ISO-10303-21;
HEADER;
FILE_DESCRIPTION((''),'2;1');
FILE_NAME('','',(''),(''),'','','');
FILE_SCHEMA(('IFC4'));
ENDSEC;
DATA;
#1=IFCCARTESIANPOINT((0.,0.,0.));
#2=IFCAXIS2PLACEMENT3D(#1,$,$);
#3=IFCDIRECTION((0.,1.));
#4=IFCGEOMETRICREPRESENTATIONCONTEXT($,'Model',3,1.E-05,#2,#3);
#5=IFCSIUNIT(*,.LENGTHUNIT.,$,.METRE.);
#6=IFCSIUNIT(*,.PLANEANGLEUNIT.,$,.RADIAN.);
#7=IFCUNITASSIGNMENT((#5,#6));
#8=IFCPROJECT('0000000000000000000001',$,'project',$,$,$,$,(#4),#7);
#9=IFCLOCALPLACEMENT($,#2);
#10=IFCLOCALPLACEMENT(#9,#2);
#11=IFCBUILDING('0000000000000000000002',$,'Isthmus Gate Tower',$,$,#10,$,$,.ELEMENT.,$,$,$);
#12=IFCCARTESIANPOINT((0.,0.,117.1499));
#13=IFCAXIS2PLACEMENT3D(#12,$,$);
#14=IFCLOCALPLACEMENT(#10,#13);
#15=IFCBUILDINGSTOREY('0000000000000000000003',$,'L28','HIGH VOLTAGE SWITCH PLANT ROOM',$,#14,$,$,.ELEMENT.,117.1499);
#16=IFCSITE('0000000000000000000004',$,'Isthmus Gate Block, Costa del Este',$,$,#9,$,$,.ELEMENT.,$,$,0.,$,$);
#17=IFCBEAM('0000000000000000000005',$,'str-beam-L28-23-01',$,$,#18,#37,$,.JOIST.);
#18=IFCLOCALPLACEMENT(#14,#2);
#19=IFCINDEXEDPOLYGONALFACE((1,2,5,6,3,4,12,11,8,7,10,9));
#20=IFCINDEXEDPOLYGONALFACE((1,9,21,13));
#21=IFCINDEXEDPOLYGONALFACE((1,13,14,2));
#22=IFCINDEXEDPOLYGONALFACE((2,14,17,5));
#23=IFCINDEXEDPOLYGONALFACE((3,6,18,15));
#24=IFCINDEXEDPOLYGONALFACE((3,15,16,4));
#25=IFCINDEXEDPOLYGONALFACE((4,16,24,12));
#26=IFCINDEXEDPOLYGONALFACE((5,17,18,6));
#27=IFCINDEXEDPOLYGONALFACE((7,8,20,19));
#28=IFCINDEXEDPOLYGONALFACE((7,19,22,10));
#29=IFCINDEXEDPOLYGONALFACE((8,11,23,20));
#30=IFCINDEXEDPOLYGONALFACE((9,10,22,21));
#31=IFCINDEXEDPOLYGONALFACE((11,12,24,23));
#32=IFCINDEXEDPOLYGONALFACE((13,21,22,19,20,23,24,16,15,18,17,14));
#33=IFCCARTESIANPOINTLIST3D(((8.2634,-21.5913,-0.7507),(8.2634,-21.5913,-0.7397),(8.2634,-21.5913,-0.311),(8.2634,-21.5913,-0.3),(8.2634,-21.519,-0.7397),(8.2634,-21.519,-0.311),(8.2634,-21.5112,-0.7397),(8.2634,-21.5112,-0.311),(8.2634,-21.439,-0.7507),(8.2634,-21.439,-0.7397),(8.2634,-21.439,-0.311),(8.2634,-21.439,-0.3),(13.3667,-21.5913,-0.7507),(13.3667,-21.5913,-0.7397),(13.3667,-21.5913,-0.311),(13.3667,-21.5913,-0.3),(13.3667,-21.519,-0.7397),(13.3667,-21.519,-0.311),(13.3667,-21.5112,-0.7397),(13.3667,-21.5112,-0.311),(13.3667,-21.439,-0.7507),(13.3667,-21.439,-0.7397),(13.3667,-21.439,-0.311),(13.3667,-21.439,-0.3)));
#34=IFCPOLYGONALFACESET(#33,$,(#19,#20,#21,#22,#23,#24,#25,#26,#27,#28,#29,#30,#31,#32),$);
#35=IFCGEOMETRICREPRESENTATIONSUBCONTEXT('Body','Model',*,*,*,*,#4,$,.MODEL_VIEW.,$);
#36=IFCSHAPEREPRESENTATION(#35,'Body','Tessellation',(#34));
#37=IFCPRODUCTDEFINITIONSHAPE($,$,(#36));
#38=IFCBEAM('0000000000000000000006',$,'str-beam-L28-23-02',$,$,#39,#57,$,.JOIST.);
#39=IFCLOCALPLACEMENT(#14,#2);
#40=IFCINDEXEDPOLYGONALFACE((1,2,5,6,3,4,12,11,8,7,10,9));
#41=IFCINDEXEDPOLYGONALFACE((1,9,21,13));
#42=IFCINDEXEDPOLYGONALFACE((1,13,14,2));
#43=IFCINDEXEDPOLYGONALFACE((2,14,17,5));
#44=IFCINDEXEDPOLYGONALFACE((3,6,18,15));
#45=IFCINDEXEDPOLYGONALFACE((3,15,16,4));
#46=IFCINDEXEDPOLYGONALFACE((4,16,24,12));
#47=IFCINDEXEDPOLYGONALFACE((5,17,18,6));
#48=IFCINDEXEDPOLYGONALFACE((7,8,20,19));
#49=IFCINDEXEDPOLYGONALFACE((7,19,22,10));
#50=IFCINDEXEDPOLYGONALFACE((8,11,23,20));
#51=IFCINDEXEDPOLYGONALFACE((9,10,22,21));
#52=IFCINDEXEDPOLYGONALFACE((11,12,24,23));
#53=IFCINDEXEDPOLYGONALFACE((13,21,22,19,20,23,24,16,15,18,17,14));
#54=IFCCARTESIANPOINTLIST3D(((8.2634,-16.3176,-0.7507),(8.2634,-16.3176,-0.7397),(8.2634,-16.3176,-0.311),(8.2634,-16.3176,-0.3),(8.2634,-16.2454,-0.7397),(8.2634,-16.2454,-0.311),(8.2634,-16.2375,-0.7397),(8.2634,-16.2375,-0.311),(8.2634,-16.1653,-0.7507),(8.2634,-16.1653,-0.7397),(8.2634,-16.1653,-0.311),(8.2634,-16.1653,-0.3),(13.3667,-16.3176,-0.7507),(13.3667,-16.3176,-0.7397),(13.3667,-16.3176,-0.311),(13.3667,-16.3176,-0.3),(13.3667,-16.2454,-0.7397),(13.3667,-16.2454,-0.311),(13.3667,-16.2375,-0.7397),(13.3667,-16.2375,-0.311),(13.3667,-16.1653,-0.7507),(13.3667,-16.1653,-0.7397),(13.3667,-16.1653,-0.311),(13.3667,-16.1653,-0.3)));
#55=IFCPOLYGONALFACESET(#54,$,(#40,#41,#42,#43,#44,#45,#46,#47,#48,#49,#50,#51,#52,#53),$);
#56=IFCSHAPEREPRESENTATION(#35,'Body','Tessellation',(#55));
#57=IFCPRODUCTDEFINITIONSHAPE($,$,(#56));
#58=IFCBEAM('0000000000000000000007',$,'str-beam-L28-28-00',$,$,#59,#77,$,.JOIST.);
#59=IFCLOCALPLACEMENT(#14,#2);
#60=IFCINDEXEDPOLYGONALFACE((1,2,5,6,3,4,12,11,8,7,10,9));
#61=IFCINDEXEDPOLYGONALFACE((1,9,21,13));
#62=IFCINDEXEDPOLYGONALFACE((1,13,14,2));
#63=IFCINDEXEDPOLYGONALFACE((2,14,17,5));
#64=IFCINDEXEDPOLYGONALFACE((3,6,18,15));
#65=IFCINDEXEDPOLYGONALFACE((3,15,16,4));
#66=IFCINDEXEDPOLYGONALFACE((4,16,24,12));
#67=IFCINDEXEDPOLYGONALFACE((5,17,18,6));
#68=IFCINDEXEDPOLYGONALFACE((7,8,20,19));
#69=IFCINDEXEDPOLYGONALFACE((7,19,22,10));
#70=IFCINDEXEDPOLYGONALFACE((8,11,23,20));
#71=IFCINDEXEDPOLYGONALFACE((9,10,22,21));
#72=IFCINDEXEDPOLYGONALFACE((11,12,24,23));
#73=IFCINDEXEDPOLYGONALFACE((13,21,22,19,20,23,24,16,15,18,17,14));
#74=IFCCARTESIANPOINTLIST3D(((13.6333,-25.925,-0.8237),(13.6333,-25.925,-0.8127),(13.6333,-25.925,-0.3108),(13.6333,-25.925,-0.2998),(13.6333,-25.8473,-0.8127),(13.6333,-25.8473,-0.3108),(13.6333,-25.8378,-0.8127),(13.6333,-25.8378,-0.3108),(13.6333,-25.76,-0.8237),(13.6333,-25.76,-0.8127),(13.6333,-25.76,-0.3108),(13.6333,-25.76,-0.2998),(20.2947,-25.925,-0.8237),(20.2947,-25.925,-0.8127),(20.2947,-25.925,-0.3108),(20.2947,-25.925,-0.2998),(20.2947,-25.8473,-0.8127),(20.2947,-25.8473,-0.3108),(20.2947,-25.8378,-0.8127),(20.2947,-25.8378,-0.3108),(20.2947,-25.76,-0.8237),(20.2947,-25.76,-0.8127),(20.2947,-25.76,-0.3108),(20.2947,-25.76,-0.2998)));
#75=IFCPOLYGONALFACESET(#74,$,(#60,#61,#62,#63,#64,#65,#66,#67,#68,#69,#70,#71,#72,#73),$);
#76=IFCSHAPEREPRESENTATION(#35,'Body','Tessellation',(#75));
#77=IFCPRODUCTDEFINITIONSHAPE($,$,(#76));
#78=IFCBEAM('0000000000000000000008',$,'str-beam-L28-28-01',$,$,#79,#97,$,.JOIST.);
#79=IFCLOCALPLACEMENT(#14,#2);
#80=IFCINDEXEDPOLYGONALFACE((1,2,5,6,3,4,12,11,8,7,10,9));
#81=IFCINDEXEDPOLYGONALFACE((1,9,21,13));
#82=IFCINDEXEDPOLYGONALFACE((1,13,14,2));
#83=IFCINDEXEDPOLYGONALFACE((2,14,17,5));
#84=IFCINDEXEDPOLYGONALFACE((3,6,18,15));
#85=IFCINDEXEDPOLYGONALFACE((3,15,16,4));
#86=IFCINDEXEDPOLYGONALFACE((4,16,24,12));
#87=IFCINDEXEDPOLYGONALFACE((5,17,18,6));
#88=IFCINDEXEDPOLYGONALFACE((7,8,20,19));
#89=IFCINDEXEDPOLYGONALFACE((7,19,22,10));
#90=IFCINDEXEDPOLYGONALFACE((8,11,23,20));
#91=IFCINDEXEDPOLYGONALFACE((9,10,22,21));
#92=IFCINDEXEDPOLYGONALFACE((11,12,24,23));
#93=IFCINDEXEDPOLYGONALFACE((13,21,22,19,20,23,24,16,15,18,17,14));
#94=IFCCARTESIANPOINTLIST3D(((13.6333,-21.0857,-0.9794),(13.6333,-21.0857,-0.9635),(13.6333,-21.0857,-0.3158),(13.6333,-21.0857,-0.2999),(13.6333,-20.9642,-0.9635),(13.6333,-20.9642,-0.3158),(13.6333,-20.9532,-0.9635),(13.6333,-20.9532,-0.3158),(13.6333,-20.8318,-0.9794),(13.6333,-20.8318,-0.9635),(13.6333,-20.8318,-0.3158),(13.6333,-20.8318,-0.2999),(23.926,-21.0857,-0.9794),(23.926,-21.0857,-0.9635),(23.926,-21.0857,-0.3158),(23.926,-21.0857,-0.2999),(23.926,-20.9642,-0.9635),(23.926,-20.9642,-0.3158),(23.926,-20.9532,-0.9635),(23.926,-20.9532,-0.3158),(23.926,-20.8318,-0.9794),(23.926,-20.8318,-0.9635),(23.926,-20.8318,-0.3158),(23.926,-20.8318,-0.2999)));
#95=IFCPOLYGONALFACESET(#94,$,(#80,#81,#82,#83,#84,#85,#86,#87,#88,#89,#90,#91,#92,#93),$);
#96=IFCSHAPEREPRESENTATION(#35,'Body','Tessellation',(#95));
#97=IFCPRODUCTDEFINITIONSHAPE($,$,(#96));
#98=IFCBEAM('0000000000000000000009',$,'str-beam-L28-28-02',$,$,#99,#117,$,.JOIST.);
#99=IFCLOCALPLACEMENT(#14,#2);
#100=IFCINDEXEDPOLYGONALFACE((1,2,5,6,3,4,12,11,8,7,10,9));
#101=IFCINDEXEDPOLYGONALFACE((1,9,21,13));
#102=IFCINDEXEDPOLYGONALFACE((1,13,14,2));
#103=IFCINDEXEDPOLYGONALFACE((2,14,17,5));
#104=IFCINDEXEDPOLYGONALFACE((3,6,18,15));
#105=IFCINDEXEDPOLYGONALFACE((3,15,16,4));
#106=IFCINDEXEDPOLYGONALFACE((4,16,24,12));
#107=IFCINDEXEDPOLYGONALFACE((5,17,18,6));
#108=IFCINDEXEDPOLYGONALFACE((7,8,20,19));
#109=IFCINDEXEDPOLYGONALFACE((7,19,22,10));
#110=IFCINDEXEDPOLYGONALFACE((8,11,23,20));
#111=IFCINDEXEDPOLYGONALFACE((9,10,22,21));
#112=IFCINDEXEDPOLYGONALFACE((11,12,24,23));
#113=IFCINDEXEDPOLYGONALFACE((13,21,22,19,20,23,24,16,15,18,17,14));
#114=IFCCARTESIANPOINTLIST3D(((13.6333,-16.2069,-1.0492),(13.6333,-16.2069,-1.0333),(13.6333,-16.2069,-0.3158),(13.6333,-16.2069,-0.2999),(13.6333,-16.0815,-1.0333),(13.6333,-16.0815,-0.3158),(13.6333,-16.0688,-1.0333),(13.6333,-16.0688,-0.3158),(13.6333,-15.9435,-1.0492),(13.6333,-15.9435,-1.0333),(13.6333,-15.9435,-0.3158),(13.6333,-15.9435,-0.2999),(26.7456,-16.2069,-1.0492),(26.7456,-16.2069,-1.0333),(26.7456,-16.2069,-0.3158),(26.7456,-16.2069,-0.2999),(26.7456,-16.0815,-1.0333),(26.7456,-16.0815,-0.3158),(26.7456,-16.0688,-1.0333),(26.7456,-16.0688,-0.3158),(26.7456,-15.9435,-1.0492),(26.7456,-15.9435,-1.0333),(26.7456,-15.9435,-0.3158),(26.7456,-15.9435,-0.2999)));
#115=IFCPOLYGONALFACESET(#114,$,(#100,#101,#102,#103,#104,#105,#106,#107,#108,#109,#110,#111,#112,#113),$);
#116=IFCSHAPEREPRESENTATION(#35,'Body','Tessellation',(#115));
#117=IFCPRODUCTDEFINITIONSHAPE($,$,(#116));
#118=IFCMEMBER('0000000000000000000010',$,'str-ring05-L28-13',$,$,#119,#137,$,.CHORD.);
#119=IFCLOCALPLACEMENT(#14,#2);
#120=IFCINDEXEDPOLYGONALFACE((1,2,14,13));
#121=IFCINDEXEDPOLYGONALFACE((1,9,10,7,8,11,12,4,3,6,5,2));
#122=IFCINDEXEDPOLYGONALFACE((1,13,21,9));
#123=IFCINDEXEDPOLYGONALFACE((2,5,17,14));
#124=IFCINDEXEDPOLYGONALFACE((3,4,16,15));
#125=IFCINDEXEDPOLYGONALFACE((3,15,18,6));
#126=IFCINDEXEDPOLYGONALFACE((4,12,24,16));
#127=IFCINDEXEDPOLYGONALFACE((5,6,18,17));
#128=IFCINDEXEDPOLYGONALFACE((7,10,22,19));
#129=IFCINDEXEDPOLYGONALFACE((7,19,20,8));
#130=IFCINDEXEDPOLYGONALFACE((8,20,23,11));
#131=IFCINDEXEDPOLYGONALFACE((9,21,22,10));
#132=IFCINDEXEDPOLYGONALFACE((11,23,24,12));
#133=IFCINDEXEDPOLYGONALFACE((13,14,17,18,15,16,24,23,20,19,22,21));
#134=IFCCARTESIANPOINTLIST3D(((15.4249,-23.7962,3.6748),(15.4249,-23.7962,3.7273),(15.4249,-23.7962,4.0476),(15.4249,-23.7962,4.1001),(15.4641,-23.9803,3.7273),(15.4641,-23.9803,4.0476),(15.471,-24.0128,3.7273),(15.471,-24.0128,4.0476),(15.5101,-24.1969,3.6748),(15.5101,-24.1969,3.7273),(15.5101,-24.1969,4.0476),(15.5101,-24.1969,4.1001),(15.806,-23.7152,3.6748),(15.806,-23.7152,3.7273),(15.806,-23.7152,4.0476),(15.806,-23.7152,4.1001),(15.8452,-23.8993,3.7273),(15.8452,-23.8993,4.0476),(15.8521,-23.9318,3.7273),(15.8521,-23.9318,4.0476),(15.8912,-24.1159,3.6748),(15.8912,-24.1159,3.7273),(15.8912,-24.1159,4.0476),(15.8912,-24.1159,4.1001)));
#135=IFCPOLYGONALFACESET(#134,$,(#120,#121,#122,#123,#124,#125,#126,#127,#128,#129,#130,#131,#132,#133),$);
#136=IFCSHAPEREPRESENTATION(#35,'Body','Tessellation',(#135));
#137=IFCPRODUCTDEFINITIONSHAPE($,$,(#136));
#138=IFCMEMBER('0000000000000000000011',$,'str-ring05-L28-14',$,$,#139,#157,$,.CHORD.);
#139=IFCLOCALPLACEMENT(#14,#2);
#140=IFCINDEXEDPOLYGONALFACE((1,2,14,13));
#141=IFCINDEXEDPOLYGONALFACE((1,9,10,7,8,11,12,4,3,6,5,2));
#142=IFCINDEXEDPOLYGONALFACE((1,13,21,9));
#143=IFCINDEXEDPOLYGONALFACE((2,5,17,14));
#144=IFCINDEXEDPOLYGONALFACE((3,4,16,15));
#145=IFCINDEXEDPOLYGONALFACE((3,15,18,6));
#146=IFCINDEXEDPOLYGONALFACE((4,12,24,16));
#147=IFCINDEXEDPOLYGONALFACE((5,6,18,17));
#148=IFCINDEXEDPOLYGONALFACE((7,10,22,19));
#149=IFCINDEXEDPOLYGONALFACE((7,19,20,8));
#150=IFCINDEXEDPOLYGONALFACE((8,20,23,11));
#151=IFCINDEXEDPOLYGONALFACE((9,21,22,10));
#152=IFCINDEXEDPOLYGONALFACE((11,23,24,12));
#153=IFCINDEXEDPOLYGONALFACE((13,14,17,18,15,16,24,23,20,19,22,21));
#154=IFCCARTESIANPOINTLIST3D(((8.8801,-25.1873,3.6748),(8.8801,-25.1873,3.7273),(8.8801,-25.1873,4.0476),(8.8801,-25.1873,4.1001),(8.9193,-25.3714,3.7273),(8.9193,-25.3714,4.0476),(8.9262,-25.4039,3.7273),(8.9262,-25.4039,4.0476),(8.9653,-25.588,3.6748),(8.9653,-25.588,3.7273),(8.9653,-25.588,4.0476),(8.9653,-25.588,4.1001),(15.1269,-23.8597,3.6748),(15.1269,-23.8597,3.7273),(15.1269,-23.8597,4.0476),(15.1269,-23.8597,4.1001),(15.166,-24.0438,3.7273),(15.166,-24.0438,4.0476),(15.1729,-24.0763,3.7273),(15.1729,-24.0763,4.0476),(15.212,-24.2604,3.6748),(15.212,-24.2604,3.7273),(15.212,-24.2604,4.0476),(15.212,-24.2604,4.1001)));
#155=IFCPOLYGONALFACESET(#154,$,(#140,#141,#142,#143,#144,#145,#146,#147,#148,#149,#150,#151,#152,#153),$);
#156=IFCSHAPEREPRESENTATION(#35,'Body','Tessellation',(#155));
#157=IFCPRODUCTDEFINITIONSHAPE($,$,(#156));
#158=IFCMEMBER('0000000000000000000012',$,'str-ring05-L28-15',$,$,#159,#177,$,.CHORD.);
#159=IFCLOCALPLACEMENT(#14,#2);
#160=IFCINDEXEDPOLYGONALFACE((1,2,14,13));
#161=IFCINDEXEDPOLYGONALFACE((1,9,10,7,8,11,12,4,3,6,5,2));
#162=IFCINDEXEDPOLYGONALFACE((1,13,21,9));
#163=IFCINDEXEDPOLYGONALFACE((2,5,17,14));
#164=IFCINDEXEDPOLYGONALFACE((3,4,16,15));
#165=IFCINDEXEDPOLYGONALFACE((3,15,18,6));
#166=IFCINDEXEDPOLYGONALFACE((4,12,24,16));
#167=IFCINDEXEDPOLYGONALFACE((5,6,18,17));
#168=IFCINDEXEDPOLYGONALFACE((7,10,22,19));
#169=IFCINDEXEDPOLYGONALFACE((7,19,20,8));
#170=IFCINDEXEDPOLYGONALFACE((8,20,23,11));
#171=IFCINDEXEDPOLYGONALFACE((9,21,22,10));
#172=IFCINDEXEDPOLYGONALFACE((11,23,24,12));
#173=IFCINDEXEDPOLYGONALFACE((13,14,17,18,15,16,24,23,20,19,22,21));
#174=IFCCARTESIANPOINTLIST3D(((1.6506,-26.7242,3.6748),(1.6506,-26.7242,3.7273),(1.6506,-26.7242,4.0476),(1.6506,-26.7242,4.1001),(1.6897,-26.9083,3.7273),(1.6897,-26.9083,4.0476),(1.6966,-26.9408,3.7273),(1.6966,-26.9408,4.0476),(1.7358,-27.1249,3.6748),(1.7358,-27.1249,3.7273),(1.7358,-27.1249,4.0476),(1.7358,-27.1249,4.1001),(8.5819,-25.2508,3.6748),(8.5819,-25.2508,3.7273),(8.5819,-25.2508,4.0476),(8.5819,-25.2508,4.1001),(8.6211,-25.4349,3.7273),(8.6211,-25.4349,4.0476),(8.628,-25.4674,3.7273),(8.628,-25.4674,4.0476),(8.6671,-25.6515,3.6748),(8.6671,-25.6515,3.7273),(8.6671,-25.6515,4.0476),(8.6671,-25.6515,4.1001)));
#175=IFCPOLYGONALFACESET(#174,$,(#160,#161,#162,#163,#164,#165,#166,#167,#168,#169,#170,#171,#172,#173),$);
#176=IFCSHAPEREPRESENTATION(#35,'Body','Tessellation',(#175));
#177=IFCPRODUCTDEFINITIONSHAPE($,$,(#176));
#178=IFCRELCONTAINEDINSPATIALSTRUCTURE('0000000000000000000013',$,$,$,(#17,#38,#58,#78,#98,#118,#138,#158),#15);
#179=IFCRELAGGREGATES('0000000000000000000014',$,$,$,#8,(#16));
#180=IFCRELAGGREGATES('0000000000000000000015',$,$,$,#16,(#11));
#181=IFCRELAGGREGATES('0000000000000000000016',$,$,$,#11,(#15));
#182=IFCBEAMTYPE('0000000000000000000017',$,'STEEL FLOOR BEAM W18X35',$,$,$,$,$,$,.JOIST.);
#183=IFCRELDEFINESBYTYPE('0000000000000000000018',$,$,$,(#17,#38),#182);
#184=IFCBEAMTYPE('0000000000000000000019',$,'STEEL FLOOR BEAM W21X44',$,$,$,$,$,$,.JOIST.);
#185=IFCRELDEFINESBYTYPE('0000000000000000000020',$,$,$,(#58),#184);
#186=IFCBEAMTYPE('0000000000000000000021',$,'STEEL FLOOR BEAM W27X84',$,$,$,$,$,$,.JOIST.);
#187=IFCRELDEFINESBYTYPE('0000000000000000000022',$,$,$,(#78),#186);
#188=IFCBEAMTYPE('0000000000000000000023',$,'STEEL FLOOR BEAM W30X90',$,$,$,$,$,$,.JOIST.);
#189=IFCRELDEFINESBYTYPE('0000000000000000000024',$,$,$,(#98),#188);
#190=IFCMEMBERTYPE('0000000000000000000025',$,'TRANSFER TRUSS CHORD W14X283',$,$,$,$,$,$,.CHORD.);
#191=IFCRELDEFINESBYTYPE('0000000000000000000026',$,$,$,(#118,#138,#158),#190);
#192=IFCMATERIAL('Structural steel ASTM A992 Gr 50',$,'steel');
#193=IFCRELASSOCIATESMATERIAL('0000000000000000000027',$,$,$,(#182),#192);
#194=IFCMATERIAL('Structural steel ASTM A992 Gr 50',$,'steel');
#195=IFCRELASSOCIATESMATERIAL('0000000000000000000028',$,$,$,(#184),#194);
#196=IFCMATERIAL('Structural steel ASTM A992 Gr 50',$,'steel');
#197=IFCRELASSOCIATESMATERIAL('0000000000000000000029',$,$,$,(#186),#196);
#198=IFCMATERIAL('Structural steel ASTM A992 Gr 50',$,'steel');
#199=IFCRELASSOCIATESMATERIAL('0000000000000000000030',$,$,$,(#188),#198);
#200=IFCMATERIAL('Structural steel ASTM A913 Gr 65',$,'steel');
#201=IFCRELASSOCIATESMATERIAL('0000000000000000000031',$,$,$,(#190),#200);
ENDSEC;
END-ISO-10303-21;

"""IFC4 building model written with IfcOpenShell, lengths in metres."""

from ifc_helpers import new_model, si_unit, direction, frame, origin, origin_2d, place, context, subcontext, project, spatial, i_section, extrude, material, material_profile, profile_set, type_object, element, save


model = new_model("IFC4")

# Units and contexts
model_context = context("Model", 3, precision=1e-05, world=origin(), true_north=direction((0.0, 1.0)))
body_context = subcontext(model_context, "Body", "Model", "MODEL_VIEW")
ifc_project = project(units=[si_unit("LENGTHUNIT", "METRE"), si_unit("PLANEANGLEUNIT", "RADIAN")], contexts=[model_context])

# Site, building, storey
site_placement = place(None, origin())
site = spatial("IfcSite", under=ifc_project, at=site_placement, Name="Isthmus Gate Block, Costa del Este", CompositionType="ELEMENT", RefElevation=0.0)
building_placement = place(site_placement, origin())
building = spatial("IfcBuilding", under=site, at=building_placement, Name="Isthmus Gate Tower", CompositionType="ELEMENT")
storey_placement = place(building_placement, frame((0.0, 0.0, 117.1499)))
storey = spatial("IfcBuildingStorey", under=building, at=storey_placement, Name="L28", Description="HIGH VOLTAGE SWITCH PLANT ROOM", CompositionType="ELEMENT", Elevation=117.1499)

# Beams
ifc_material_1 = material(Name="Structural steel ASTM A992 Gr 50", Category="steel")
ifc_material_profile_1 = material_profile(ifc_material_1, i_section(OverallWidth=0.1523, OverallDepth=0.4507, WebThickness=0.0078, FlangeThickness=0.011, at=origin_2d()), Name="W18X35")
ifc_profile_set_1 = profile_set([ifc_material_profile_1], Name="Structural steel ASTM A992 Gr 50")
beam_type_1 = type_object("IfcBeamType", Name="STEEL FLOOR BEAM W18X35", PredefinedType="JOIST", material=ifc_profile_set_1)
for number, where, z_axis, x_axis, name in (
    (1, (8.2634, -21.5151, -0.5254), (1.0, 0.0, 0.0), (0.0, 1.0, 0.0), "str-beam-L28-23-01"),
    (2, (8.2634, -16.2415, -0.5254), (1.0, 0.0, 0.0), (0.0, 1.0, 0.0), "str-beam-L28-23-02"),
):
    element("IfcBeam", number, at=place(storey_placement, frame(where, z_axis=z_axis, x_axis=x_axis)), inside=storey, type_object=beam_type_1, Name=name, PredefinedType="JOIST", context=body_context, shape_type="SweptSolid", body=[
        extrude(i_section(OverallWidth=0.1523, OverallDepth=0.4507, WebThickness=0.0078, FlangeThickness=0.011, at=origin_2d()), origin(), (0.0, 0.0, 1.0), 5.1033),
    ])
ifc_material_2 = material(Name="Structural steel ASTM A992 Gr 50", Category="steel")
ifc_material_profile_2 = material_profile(ifc_material_2, i_section(OverallWidth=0.165, OverallDepth=0.5239, WebThickness=0.0095, FlangeThickness=0.011, at=origin_2d()), Name="W21X44")
ifc_profile_set_2 = profile_set([ifc_material_profile_2], Name="Structural steel ASTM A992 Gr 50")
beam_type_2 = type_object("IfcBeamType", Name="STEEL FLOOR BEAM W21X44", PredefinedType="JOIST", material=ifc_profile_set_2)
beam_1_placement = place(storey_placement, frame((13.6333, -25.8425, -0.5618), z_axis=(1.0, 0.0, 0.0), x_axis=(0.0, 1.0, 0.0)))
element("IfcBeam", 3, at=beam_1_placement, inside=storey, type_object=beam_type_2, Name="str-beam-L28-28-00", PredefinedType="JOIST", context=body_context, shape_type="SweptSolid", body=[
    extrude(i_section(OverallWidth=0.165, OverallDepth=0.5239, WebThickness=0.0095, FlangeThickness=0.011, at=origin_2d()), origin(), (0.0, 0.0, 1.0), 6.6614),
])
ifc_material_3 = material(Name="Structural steel ASTM A992 Gr 50", Category="steel")
ifc_material_profile_3 = material_profile(ifc_material_3, i_section(OverallWidth=0.2539, OverallDepth=0.6794, WebThickness=0.011, FlangeThickness=0.0159, at=origin_2d()), Name="W27X84")
ifc_profile_set_3 = profile_set([ifc_material_profile_3], Name="Structural steel ASTM A992 Gr 50")
beam_type_3 = type_object("IfcBeamType", Name="STEEL FLOOR BEAM W27X84", PredefinedType="JOIST", material=ifc_profile_set_3)
beam_2_placement = place(storey_placement, frame((13.6333, -20.9587, -0.6396), z_axis=(1.0, 0.0, 0.0), x_axis=(0.0, 1.0, 0.0)))
element("IfcBeam", 4, at=beam_2_placement, inside=storey, type_object=beam_type_3, Name="str-beam-L28-28-01", PredefinedType="JOIST", context=body_context, shape_type="SweptSolid", body=[
    extrude(i_section(OverallWidth=0.2539, OverallDepth=0.6794, WebThickness=0.011, FlangeThickness=0.0159, at=origin_2d()), origin(), (0.0, 0.0, 1.0), 10.2927),
])
ifc_material_4 = material(Name="Structural steel ASTM A992 Gr 50", Category="steel")
ifc_material_profile_4 = material_profile(ifc_material_4, i_section(OverallWidth=0.2634, OverallDepth=0.7493, WebThickness=0.0127, FlangeThickness=0.0159, at=origin_2d()), Name="W30X90")
ifc_profile_set_4 = profile_set([ifc_material_profile_4], Name="Structural steel ASTM A992 Gr 50")
beam_type_4 = type_object("IfcBeamType", Name="STEEL FLOOR BEAM W30X90", PredefinedType="JOIST", material=ifc_profile_set_4)
beam_3_placement = place(storey_placement, frame((13.6333, -16.0752, -0.6746), z_axis=(1.0, 0.0, 0.0), x_axis=(0.0, 1.0, 0.0)))
element("IfcBeam", 5, at=beam_3_placement, inside=storey, type_object=beam_type_4, Name="str-beam-L28-28-02", PredefinedType="JOIST", context=body_context, shape_type="SweptSolid", body=[
    extrude(i_section(OverallWidth=0.2634, OverallDepth=0.7493, WebThickness=0.0127, FlangeThickness=0.0159, at=origin_2d()), origin(), (0.0, 0.0, 1.0), 13.1123),
])

# Members
ifc_material_5 = material(Name="Structural steel ASTM A913 Gr 65", Category="steel")
ifc_material_profile_5 = material_profile(ifc_material_5, i_section(OverallWidth=0.4097, OverallDepth=0.4253, WebThickness=0.0332, FlangeThickness=0.0525, at=origin_2d()), Name="W14X283")
ifc_profile_set_5 = profile_set([ifc_material_profile_5], Name="Structural steel ASTM A913 Gr 65")
member_type_1 = type_object("IfcMemberType", Name="TRANSFER TRUSS CHORD W14X283", PredefinedType="CHORD", material=ifc_profile_set_5)
member_1_placement = place(storey_placement, frame((15.8486, -23.9155, 3.8875), z_axis=(-0.978122, -0.208031, 0.0), x_axis=(0.208031, -0.978122, 0.0)))
element("IfcMember", 6, at=member_1_placement, inside=storey, type_object=member_type_1, Name="str-ring05-L28-13", PredefinedType="CHORD", context=body_context, shape_type="SweptSolid", body=[
    extrude(i_section(OverallWidth=0.4097, OverallDepth=0.4253, WebThickness=0.0332, FlangeThickness=0.0525, at=origin_2d()), origin(), (0.0, 0.0, 1.0), 0.3896),
])
member_2_placement = place(storey_placement, frame((15.1694, -24.0601, 3.8875), z_axis=(-0.978153, -0.207887, 0.0), x_axis=(0.207887, -0.978153, 0.0)))
element("IfcMember", 7, at=member_2_placement, inside=storey, type_object=member_type_1, Name="str-ring05-L28-14", PredefinedType="CHORD", context=body_context, shape_type="SweptSolid", body=[
    extrude(i_section(OverallWidth=0.4097, OverallDepth=0.4253, WebThickness=0.0332, FlangeThickness=0.0525, at=origin_2d()), origin(), (0.0, 0.0, 1.0), 6.3862),
])
member_3_placement = place(storey_placement, frame((8.6245, -25.4512, 3.8875), z_axis=(-0.978145, -0.207922, 0.0), x_axis=(0.207922, -0.978145, 0.0)))
element("IfcMember", 8, at=member_3_placement, inside=storey, type_object=member_type_1, Name="str-ring05-L28-15", PredefinedType="CHORD", context=body_context, shape_type="SweptSolid", body=[
    extrude(i_section(OverallWidth=0.4097, OverallDepth=0.4253, WebThickness=0.0332, FlangeThickness=0.0525, at=origin_2d()), origin(), (0.0, 0.0, 1.0), 7.0862),
])

save(model, "model.ifc")
